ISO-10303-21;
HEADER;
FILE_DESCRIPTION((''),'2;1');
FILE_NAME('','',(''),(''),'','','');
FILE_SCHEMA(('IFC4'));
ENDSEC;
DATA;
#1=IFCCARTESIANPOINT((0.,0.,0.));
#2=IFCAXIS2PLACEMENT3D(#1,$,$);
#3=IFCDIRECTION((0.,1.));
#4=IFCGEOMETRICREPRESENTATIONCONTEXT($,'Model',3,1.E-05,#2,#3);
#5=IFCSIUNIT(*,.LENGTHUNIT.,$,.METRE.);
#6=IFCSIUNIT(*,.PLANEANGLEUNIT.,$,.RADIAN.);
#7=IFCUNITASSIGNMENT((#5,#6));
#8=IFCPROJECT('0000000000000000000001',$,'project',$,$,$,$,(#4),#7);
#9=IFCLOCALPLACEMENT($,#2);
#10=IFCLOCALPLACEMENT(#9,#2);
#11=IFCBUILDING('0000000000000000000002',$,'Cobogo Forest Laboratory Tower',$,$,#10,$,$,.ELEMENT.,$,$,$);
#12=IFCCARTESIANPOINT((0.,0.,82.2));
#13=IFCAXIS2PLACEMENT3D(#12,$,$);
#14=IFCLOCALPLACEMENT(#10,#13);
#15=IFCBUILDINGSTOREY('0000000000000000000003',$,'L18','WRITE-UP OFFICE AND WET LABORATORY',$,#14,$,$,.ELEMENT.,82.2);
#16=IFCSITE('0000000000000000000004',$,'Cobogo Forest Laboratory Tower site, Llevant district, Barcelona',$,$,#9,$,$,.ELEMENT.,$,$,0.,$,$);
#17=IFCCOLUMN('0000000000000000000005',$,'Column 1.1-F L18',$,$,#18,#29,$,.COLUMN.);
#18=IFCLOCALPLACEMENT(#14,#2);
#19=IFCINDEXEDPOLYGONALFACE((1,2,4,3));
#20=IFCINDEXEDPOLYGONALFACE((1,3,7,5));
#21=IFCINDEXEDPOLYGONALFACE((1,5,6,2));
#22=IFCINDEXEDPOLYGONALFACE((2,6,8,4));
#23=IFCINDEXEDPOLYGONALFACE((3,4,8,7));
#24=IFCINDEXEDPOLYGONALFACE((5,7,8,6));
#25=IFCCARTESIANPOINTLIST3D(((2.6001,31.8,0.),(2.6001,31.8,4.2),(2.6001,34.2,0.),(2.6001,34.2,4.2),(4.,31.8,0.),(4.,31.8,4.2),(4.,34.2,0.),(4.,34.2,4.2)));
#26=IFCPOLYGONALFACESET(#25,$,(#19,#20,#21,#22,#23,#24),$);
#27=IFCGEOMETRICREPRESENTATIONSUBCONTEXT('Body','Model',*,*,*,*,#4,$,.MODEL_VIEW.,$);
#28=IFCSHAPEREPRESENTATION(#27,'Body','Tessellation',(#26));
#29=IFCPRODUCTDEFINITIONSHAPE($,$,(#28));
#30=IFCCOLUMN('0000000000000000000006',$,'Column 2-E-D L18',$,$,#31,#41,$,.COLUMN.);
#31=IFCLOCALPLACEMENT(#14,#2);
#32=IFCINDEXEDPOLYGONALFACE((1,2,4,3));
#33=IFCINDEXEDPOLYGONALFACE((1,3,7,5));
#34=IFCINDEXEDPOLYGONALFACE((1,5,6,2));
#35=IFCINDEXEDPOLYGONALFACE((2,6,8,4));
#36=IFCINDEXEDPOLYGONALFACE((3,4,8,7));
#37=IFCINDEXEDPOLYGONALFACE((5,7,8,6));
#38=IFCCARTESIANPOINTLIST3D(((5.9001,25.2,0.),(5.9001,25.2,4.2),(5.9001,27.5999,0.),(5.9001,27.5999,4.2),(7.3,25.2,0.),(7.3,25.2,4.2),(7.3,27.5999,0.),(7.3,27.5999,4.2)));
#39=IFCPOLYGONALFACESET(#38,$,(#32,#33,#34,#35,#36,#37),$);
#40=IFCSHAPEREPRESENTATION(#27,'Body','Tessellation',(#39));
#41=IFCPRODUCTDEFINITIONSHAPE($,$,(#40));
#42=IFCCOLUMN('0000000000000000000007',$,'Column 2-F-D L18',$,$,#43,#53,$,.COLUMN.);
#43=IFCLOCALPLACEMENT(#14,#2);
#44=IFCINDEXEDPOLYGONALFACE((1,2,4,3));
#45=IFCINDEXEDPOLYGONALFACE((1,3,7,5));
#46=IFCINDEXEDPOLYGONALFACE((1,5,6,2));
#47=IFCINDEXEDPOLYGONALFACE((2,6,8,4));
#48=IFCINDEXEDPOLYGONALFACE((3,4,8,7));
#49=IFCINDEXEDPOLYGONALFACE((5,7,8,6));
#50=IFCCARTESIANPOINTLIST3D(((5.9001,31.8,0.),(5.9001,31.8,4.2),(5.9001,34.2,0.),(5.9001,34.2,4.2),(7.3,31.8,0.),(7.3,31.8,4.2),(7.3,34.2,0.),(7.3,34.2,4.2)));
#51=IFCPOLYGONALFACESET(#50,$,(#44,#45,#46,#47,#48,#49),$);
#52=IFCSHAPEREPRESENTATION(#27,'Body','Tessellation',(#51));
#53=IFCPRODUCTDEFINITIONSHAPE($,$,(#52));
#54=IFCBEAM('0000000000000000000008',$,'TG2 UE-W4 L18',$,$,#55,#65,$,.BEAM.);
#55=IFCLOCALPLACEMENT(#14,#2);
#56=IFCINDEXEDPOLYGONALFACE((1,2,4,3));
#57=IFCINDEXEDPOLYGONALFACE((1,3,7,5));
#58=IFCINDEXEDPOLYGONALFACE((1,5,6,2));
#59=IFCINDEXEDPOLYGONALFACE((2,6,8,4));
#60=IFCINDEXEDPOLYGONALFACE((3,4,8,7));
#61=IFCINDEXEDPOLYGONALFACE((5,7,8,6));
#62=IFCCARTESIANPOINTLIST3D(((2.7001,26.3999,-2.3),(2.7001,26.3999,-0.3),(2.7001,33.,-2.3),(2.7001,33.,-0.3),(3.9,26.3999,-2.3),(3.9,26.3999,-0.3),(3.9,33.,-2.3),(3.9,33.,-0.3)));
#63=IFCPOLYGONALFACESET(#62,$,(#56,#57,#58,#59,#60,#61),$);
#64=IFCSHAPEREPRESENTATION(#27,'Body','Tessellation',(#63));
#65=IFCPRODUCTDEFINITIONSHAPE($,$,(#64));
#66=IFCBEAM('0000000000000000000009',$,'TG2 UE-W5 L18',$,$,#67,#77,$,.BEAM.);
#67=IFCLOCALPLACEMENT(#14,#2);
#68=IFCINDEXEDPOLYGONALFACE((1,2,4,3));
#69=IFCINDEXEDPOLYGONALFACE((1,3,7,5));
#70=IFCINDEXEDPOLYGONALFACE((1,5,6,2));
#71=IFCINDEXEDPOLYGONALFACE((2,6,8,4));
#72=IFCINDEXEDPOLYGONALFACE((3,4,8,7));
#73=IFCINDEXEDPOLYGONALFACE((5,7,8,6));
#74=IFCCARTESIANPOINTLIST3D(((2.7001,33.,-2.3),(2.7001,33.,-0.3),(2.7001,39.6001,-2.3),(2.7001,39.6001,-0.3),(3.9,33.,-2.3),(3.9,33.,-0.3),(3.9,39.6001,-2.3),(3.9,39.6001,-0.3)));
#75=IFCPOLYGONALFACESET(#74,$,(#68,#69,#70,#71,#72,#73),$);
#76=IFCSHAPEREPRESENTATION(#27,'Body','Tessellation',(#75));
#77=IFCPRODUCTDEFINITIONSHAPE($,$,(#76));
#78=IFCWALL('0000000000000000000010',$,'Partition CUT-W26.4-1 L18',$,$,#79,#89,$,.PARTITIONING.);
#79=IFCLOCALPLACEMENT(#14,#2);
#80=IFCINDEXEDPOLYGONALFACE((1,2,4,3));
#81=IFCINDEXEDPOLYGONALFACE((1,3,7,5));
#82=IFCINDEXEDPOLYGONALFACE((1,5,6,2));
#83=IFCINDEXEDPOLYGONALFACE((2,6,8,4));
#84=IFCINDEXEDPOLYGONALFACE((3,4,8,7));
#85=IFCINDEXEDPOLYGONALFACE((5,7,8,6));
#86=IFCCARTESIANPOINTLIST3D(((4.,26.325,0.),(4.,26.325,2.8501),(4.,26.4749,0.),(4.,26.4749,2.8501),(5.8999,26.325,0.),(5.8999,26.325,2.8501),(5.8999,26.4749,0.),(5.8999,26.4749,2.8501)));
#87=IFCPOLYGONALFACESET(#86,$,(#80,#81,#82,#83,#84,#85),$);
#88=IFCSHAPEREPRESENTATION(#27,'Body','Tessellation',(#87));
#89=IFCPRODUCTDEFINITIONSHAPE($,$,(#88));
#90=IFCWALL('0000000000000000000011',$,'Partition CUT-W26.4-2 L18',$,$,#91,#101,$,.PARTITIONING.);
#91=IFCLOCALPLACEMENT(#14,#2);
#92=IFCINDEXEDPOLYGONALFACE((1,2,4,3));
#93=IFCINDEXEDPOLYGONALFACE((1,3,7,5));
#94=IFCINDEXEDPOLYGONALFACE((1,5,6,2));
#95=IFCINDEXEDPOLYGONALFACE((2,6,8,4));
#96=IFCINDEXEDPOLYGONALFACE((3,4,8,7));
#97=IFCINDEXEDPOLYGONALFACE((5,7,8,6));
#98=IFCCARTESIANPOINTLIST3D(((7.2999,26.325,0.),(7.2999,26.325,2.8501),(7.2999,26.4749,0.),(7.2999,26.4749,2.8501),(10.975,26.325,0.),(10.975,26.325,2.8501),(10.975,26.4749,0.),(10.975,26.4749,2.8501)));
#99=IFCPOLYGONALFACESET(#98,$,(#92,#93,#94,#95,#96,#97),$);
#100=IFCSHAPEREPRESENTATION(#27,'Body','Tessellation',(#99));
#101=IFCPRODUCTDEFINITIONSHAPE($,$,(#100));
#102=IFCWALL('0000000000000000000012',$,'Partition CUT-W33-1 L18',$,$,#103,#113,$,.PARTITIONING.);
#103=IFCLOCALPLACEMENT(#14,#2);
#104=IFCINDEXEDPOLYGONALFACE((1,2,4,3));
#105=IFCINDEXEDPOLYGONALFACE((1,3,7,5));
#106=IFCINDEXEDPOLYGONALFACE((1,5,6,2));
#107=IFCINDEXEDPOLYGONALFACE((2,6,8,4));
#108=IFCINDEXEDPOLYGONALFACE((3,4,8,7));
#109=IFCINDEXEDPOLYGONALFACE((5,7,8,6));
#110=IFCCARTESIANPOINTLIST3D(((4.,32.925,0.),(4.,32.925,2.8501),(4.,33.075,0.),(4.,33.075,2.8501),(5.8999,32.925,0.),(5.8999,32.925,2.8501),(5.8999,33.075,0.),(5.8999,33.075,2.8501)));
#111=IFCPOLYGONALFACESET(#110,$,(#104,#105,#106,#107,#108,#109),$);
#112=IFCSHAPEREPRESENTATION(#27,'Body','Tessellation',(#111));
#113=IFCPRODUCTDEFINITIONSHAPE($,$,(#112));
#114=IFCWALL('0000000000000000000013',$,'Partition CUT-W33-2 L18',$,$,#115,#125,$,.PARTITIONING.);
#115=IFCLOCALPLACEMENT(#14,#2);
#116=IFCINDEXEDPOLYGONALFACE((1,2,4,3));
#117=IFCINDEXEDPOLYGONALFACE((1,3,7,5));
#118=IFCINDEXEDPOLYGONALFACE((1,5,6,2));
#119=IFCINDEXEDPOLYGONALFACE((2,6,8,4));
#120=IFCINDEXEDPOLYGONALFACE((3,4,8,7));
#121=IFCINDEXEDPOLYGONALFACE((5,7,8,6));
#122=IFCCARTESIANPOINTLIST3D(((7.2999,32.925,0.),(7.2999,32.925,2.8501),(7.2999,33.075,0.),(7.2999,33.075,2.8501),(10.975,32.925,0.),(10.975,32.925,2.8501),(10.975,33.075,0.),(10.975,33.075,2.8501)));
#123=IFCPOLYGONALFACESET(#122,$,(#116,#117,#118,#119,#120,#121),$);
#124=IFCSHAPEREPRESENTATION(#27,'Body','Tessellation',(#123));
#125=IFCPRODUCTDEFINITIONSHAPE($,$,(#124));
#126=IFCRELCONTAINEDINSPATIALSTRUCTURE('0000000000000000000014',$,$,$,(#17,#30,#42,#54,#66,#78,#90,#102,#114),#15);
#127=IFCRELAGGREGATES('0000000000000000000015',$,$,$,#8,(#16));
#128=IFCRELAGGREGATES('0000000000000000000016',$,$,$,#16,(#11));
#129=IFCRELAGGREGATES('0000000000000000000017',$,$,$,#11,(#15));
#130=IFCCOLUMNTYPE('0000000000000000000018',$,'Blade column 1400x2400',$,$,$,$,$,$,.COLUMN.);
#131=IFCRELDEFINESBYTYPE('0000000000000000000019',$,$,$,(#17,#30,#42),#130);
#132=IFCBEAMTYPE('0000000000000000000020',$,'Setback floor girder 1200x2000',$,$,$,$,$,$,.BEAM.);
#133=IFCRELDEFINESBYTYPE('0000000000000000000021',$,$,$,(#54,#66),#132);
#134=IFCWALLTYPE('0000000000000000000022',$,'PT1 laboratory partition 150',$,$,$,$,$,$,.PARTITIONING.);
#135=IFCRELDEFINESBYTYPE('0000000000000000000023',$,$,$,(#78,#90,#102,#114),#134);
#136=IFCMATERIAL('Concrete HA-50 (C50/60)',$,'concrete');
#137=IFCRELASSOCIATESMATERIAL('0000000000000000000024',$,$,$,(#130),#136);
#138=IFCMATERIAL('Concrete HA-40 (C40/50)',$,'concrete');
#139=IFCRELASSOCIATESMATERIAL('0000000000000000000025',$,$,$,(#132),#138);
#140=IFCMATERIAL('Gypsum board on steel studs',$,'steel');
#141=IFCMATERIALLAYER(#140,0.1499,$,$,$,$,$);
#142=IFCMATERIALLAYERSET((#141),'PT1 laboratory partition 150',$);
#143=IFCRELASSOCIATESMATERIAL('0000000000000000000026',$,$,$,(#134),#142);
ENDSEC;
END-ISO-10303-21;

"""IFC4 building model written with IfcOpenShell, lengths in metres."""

from ifc_helpers import new_model, si_unit, direction, frame, frame_2d, origin, origin_2d, place, context, subcontext, project, spatial, rectangle, extrude, material, layer, layer_set, material_profile, profile_set, type_object, element, save


model = new_model("IFC4")

# Units and contexts
model_context = context("Model", 3, precision=1e-05, world=origin(), true_north=direction((0.0, 1.0)))
body_context = subcontext(model_context, "Body", "Model", "MODEL_VIEW")
ifc_project = project(units=[si_unit("LENGTHUNIT", "METRE"), si_unit("PLANEANGLEUNIT", "RADIAN")], contexts=[model_context])

# Site, building, storey
site_placement = place(None, origin())
site = spatial("IfcSite", under=ifc_project, at=site_placement, Name="Cobogo Forest Laboratory Tower site, Llevant district, Barcelona", CompositionType="ELEMENT", RefElevation=0.0)
building_placement = place(site_placement, origin())
building = spatial("IfcBuilding", under=site, at=building_placement, Name="Cobogo Forest Laboratory Tower", CompositionType="ELEMENT")
storey_placement = place(building_placement, frame((0.0, 0.0, 82.2)))
storey = spatial("IfcBuildingStorey", under=building, at=storey_placement, Name="L18", Description="WRITE-UP OFFICE AND WET LABORATORY", CompositionType="ELEMENT", Elevation=82.2)

# Columns
ifc_material_1 = material(Name="Concrete HA-50 (C50/60)", Category="concrete")
ifc_material_profile_1 = material_profile(ifc_material_1, rectangle(XDim=2.3999, YDim=1.3999, at=origin_2d()), Name="RC 1400x2400")
ifc_profile_set_1 = profile_set([ifc_material_profile_1], Name="Concrete HA-50 (C50/60)")
column_type = type_object("IfcColumnType", Name="Blade column 1400x2400", PredefinedType="COLUMN", material=ifc_profile_set_1)
for number, where, z_axis, x_axis, name in (
    (1, (3.3, 33.0, 0.0), (0.0, 0.0, 1.0), (0.0, 1.0, 0.0), "Column 1.1-F L18"),
    (2, (6.6001, 26.3999, 0.0), (0.0, 0.0, 1.0), (0.0, 1.0, 0.0), "Column 2-E-D L18"),
    (3, (6.6001, 33.0, 0.0), (0.0, 0.0, 1.0), (0.0, 1.0, 0.0), "Column 2-F-D L18"),
):
    element("IfcColumn", number, at=place(storey_placement, frame(where, z_axis=z_axis, x_axis=x_axis)), inside=storey, type_object=column_type, Name=name, PredefinedType="COLUMN", context=body_context, shape_type="SweptSolid", body=[
        extrude(rectangle(XDim=2.3999, YDim=1.3999, at=origin_2d()), origin(), (0.0, 0.0, 1.0), 4.2),
    ])

# Beams
ifc_material_2 = material(Name="Concrete HA-40 (C40/50)", Category="concrete")
ifc_material_profile_2 = material_profile(ifc_material_2, rectangle(XDim=1.2, YDim=2.0, at=origin_2d()), Name="RC 1200x2000")
ifc_profile_set_2 = profile_set([ifc_material_profile_2], Name="Concrete HA-40 (C40/50)")
beam_type = type_object("IfcBeamType", Name="Setback floor girder 1200x2000", PredefinedType="BEAM", material=ifc_profile_set_2)
for number, where, z_axis, x_axis, name in (
    (4, (3.3, 26.3999, -1.3), (0.0, 1.0, 0.0), (-1.0, 0.0, 0.0), "TG2 UE-W4 L18"),
    (5, (3.3, 33.0, -1.3), (0.0, 1.0, 0.0), (-1.0, 0.0, 0.0), "TG2 UE-W5 L18"),
):
    element("IfcBeam", number, at=place(storey_placement, frame(where, z_axis=z_axis, x_axis=x_axis)), inside=storey, type_object=beam_type, Name=name, PredefinedType="BEAM", context=body_context, shape_type="SweptSolid", body=[
        extrude(rectangle(XDim=1.2, YDim=2.0, at=origin_2d()), origin(), (0.0, 0.0, 1.0), 6.6001),
    ])

# Walls
ifc_material_3 = material(Name="Gypsum board on steel studs", Category="steel")
ifc_layer = layer(ifc_material_3, 0.1499)
ifc_layer_set = layer_set([ifc_layer], Name="PT1 laboratory partition 150")
wall_type = type_object("IfcWallType", Name="PT1 laboratory partition 150", PredefinedType="PARTITIONING", material=ifc_layer_set)
wall_1_placement = place(storey_placement, frame((4.0, 26.3999, 0.0), z_axis=(0.0, 0.0, 1.0), x_axis=(1.0, 0.0, 0.0)))
element("IfcWall", 6, at=wall_1_placement, inside=storey, type_object=wall_type, Name="Partition CUT-W26.4-1 L18", PredefinedType="PARTITIONING", context=body_context, shape_type="SweptSolid", body=[
    extrude(rectangle(XDim=1.8999, YDim=0.1499, at=frame_2d((0.95, 0.0))), origin(), (0.0, 0.0, 1.0), 2.8501),
])
wall_2_placement = place(storey_placement, frame((7.3, 26.3999, 0.0), z_axis=(0.0, 0.0, 1.0), x_axis=(1.0, 0.0, 0.0)))
element("IfcWall", 7, at=wall_2_placement, inside=storey, type_object=wall_type, Name="Partition CUT-W26.4-2 L18", PredefinedType="PARTITIONING", context=body_context, shape_type="SweptSolid", body=[
    extrude(rectangle(XDim=3.675, YDim=0.1499, at=frame_2d((1.8374, 0.0))), origin(), (0.0, 0.0, 1.0), 2.8501),
])
wall_3_placement = place(storey_placement, frame((4.0, 33.0, 0.0), z_axis=(0.0, 0.0, 1.0), x_axis=(1.0, 0.0, 0.0)))
element("IfcWall", 8, at=wall_3_placement, inside=storey, type_object=wall_type, Name="Partition CUT-W33-1 L18", PredefinedType="PARTITIONING", context=body_context, shape_type="SweptSolid", body=[
    extrude(rectangle(XDim=1.8999, YDim=0.1499, at=frame_2d((0.95, 0.0))), origin(), (0.0, 0.0, 1.0), 2.8501),
])
wall_4_placement = place(storey_placement, frame((7.3, 33.0, 0.0), z_axis=(0.0, 0.0, 1.0), x_axis=(1.0, 0.0, 0.0)))
element("IfcWall", 9, at=wall_4_placement, inside=storey, type_object=wall_type, Name="Partition CUT-W33-2 L18", PredefinedType="PARTITIONING", context=body_context, shape_type="SweptSolid", body=[
    extrude(rectangle(XDim=3.675, YDim=0.1499, at=frame_2d((1.8374, 0.0))), origin(), (0.0, 0.0, 1.0), 2.8501),
])

save(model, "model.ifc")
